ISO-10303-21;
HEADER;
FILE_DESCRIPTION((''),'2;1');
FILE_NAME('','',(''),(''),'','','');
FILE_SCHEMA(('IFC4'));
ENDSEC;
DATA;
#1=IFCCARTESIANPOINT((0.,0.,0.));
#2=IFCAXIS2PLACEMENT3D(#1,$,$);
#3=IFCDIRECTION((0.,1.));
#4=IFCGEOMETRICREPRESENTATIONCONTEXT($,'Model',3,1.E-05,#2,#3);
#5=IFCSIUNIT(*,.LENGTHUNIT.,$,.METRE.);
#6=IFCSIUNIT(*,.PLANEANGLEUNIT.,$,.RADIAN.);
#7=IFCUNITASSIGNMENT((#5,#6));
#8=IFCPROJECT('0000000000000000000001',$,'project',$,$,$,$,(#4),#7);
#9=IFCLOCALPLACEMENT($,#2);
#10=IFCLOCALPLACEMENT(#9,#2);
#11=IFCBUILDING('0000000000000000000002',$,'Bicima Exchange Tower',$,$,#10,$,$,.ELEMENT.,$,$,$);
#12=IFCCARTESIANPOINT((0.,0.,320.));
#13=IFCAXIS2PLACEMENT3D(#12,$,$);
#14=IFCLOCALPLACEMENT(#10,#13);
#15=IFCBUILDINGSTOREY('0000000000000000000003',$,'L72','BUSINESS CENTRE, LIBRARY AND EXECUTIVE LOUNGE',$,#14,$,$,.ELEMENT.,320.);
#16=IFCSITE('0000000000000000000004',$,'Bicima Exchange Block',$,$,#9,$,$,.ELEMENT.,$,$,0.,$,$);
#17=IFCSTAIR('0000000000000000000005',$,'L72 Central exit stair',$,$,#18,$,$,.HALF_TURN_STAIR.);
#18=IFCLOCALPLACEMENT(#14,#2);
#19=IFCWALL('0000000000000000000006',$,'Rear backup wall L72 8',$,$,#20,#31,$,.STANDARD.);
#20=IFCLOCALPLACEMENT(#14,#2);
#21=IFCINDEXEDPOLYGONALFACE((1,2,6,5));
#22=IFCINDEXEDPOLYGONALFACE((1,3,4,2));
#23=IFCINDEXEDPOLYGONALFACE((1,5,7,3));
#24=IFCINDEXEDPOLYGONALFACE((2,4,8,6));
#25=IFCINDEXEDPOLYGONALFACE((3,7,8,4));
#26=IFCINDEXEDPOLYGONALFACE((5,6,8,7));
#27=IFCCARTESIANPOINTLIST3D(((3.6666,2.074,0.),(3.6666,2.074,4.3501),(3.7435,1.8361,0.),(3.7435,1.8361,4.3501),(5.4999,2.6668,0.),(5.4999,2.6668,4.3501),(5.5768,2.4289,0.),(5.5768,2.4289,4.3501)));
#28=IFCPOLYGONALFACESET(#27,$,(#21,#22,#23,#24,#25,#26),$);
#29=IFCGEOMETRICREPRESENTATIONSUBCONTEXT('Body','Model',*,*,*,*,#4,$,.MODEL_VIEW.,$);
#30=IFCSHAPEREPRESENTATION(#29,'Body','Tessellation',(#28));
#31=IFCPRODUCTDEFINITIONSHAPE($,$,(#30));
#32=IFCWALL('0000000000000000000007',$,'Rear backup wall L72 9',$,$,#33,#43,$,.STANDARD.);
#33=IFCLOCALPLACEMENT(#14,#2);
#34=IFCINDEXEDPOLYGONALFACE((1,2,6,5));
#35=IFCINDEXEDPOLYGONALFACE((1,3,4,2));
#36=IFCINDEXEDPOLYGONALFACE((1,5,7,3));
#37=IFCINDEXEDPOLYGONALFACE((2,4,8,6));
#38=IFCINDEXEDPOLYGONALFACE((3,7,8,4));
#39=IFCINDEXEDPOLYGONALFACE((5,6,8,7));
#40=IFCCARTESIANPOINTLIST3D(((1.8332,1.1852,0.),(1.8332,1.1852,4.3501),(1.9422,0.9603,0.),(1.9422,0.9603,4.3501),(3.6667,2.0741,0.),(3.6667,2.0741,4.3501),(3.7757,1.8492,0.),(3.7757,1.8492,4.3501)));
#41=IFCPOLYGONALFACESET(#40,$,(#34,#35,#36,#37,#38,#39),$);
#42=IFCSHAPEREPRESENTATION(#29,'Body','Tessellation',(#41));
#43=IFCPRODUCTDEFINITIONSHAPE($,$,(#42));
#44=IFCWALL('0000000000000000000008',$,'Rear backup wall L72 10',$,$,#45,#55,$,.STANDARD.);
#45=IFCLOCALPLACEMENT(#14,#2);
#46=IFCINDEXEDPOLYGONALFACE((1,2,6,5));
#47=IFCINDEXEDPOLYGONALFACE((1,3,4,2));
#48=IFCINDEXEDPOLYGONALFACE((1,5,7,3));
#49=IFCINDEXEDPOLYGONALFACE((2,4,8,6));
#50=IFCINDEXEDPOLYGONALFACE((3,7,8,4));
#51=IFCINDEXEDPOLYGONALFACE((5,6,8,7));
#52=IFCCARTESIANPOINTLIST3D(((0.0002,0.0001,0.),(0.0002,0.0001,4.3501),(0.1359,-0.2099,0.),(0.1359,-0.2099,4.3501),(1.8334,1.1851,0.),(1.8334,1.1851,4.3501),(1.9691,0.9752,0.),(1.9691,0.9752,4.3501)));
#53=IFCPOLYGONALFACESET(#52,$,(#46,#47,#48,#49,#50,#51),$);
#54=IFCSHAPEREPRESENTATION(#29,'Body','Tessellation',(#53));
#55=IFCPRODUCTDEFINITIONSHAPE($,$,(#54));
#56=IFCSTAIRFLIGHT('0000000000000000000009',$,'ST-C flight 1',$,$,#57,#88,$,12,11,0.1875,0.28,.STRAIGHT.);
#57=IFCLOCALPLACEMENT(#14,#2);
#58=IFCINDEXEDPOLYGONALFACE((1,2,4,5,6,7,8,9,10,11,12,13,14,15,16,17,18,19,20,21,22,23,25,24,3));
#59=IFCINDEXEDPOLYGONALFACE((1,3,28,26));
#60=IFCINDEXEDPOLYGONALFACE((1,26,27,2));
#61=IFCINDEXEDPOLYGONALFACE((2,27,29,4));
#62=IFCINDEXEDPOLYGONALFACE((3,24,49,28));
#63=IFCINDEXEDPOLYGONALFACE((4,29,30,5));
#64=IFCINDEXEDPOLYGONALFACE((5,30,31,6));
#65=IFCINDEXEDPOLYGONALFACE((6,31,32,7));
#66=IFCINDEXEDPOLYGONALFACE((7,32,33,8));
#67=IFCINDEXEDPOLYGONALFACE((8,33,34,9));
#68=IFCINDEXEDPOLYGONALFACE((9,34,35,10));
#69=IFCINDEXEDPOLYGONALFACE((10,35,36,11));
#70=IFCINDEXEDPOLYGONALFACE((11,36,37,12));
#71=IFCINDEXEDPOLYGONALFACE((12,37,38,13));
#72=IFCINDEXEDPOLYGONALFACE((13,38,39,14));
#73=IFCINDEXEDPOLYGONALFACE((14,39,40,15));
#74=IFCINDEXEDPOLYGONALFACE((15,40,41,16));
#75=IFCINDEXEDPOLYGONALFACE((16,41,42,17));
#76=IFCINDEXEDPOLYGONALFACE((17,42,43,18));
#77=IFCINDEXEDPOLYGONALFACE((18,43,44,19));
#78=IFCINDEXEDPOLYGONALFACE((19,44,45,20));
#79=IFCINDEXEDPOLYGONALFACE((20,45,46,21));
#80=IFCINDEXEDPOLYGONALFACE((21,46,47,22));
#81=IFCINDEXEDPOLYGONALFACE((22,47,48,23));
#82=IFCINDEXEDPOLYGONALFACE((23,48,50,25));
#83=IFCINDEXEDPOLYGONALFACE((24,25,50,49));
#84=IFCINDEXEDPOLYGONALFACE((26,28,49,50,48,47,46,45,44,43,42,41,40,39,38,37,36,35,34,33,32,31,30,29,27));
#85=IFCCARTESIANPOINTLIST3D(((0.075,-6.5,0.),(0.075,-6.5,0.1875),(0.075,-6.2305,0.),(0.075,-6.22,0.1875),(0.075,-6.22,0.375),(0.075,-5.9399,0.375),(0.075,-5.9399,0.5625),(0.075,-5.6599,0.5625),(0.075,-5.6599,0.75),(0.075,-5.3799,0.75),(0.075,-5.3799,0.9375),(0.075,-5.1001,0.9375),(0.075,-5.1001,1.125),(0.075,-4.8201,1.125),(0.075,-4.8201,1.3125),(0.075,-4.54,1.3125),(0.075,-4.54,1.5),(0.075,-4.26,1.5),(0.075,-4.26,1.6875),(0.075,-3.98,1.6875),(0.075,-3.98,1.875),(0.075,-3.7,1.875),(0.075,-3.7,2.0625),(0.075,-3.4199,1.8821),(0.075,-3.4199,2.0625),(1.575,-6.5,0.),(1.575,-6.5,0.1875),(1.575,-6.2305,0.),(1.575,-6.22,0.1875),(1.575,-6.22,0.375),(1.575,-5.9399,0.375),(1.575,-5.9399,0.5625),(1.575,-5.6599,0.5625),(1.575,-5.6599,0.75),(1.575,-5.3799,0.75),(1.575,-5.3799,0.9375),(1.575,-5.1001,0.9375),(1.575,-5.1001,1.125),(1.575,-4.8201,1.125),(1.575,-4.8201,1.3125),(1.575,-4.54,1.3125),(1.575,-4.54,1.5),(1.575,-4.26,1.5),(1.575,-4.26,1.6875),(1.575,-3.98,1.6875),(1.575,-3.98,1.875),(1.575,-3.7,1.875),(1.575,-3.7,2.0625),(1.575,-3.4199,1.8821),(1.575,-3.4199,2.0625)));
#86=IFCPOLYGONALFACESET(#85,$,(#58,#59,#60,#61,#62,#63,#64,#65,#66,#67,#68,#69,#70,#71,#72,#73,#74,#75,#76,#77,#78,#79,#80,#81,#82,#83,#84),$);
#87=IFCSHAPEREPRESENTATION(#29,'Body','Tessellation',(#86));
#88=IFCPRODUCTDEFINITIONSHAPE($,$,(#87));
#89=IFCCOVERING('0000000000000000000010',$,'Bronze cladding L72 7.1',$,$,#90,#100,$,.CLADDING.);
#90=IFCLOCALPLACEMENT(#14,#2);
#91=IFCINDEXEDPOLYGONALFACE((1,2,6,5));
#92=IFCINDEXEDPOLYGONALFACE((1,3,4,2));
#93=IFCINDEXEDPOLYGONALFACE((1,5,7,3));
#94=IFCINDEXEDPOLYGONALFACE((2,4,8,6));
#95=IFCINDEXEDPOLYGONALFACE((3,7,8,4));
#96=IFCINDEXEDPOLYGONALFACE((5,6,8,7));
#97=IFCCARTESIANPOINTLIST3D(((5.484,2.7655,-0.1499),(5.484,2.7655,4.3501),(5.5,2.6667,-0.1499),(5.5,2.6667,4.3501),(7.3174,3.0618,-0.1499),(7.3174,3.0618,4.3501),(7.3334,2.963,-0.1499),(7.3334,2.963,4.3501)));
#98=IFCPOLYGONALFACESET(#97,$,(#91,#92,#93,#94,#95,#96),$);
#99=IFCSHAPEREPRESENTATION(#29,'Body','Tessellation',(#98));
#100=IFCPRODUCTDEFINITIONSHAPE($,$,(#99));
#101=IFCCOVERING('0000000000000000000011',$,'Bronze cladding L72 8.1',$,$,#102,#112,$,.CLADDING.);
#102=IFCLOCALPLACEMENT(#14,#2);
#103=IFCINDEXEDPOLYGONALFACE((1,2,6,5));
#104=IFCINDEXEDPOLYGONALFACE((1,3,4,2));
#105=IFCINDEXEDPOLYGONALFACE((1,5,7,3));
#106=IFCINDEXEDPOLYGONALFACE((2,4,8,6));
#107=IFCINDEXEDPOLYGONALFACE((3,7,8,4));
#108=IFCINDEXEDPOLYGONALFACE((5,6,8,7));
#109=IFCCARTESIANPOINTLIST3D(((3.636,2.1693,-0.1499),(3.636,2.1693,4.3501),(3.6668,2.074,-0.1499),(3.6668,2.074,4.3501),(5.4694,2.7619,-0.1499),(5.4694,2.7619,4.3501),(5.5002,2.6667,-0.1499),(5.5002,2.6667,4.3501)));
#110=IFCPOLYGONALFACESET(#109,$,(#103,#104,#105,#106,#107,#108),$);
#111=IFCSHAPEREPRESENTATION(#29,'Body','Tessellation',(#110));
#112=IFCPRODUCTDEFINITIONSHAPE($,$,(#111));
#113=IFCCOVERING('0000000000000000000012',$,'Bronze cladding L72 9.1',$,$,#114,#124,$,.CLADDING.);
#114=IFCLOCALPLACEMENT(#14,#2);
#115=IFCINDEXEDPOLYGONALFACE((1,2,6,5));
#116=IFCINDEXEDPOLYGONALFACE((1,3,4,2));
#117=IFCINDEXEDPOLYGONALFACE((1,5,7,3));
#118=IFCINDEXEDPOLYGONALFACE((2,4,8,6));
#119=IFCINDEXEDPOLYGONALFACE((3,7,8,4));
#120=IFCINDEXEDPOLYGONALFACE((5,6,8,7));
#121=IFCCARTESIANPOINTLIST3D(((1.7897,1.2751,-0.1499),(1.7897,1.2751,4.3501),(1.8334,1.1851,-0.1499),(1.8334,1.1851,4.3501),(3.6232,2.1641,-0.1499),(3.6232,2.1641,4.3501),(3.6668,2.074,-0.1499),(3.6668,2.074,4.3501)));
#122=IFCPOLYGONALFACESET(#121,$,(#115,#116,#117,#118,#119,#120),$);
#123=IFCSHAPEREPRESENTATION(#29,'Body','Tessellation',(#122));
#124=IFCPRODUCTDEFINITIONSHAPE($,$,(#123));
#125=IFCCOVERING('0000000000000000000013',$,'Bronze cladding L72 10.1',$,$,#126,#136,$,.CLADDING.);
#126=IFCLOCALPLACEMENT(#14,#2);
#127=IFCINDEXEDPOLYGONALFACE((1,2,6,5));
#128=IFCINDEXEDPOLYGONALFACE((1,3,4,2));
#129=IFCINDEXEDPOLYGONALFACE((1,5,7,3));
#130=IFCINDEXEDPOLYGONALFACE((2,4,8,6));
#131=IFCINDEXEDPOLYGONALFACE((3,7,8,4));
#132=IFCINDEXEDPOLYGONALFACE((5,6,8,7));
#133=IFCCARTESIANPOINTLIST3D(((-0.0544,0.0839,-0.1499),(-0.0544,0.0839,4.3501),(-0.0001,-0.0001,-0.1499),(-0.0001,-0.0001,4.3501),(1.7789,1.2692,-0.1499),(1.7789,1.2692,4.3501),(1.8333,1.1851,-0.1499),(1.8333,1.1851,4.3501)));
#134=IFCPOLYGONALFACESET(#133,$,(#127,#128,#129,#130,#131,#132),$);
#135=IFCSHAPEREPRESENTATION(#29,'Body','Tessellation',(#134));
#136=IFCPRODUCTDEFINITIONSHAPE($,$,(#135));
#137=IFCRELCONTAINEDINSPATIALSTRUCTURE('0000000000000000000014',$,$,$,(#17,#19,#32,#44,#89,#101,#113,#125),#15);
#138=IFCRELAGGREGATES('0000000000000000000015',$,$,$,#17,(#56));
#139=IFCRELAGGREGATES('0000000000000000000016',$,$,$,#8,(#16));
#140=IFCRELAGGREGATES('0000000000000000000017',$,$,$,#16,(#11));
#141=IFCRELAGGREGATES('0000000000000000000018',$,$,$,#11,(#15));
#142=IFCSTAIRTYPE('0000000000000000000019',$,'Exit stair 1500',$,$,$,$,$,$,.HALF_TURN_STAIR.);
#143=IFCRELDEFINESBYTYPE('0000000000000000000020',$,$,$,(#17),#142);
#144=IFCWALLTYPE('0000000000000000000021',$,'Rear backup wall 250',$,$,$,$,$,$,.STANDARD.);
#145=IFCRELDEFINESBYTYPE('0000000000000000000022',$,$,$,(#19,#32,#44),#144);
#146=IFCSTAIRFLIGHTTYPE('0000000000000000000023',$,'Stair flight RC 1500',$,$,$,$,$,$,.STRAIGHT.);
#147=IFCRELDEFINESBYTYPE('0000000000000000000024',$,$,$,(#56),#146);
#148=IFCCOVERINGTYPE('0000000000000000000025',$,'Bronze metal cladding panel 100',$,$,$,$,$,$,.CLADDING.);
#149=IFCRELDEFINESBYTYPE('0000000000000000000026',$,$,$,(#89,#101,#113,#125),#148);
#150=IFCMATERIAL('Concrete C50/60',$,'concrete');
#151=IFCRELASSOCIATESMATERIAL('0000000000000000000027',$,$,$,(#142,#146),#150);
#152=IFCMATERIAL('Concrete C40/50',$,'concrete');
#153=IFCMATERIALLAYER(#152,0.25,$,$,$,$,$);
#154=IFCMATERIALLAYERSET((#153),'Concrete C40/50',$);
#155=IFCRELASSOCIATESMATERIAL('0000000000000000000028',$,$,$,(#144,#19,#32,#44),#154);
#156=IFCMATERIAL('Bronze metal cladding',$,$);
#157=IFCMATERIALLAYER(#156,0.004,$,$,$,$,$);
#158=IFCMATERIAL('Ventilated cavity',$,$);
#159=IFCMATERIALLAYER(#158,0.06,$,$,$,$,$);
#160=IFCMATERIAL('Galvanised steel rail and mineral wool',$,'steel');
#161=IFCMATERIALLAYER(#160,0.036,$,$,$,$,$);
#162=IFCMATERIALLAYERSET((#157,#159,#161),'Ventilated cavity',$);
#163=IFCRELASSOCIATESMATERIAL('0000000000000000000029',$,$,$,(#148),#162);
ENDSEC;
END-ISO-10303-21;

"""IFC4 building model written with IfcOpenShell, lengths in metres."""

from ifc_helpers import new_model, si_unit, direction, frame, frame_2d, origin, origin_2d, place, context, subcontext, project, spatial, polyline, rectangle, outline, extrude, material, layer, layer_set, layer_usage, type_object, element, aggregate, save


model = new_model("IFC4")

# Units and contexts
model_context = context("Model", 3, precision=1e-05, world=origin(), true_north=direction((0.0, 1.0)))
body_context = subcontext(model_context, "Body", "Model", "MODEL_VIEW")
ifc_project = project(units=[si_unit("LENGTHUNIT", "METRE"), si_unit("PLANEANGLEUNIT", "RADIAN")], contexts=[model_context])

# Site, building, storey
site_placement = place(None, origin())
site = spatial("IfcSite", under=ifc_project, at=site_placement, Name="Bicima Exchange Block", CompositionType="ELEMENT", RefElevation=0.0)
building_placement = place(site_placement, origin())
building = spatial("IfcBuilding", under=site, at=building_placement, Name="Bicima Exchange Tower", CompositionType="ELEMENT")
storey_placement = place(building_placement, frame((0.0, 0.0, 320.0)))
storey = spatial("IfcBuildingStorey", under=building, at=storey_placement, Name="L72", Description="BUSINESS CENTRE, LIBRARY AND EXECUTIVE LOUNGE", CompositionType="ELEMENT", Elevation=320.0)

# Stair
ifc_material_1 = material(Name="Concrete C50/60", Category="concrete")
stair_type_1 = type_object("IfcStairType", Name="Exit stair 1500", PredefinedType="HALF_TURN_STAIR", material=ifc_material_1)
stair_1_placement = place(storey_placement, origin())
stair_1 = element("IfcStair", 1, at=stair_1_placement, inside=storey, type_object=stair_type_1, Name="L72 Central exit stair", PredefinedType="HALF_TURN_STAIR")

# Shared definitions
ifc_material_2 = material(Name="Concrete C40/50", Category="concrete")

# Walls
ifc_layer_1 = layer(ifc_material_2, 0.25)
ifc_layer_set_1 = layer_set([ifc_layer_1], Name="Concrete C40/50")
ifc_layer_usage = layer_usage(ifc_layer_set_1, "AXIS2", "POSITIVE", -0.125)
wall_type_1 = type_object("IfcWallType", Name="Rear backup wall 250", PredefinedType="STANDARD", material=ifc_layer_set_1)
wall_1_placement = place(storey_placement, frame((5.5383, 2.5479, 0.0), z_axis=(0.0, 0.0, 1.0), x_axis=(-0.951496, -0.307662, 0.0)))
element("IfcWall", 2, at=wall_1_placement, inside=storey, type_object=wall_type_1, material=ifc_layer_usage, Name="Rear backup wall L72 8", PredefinedType="STANDARD", context=body_context, shape_type="SweptSolid", body=[
    extrude(rectangle(XDim=1.9268, YDim=0.25, at=frame_2d((0.9634, 0.0))), origin(), (0.0, 0.0, 1.0), 4.3501),
])
wall_2_placement = place(storey_placement, frame((3.7212, 1.9617, 0.0), z_axis=(0.0, 0.0, 1.0), x_axis=(-0.899824, -0.436253, 0.0)))
element("IfcWall", 3, at=wall_2_placement, inside=storey, type_object=wall_type_1, material=ifc_layer_usage, Name="Rear backup wall L72 9", PredefinedType="STANDARD", context=body_context, shape_type="SweptSolid", body=[
    extrude(rectangle(XDim=2.0376, YDim=0.25, at=frame_2d((1.0188, 0.0))), origin(), (0.0, 0.0, 1.0), 4.3501),
])
wall_3_placement = place(storey_placement, frame((1.9011, 1.0801, 0.0), z_axis=(0.0, 0.0, 1.0), x_axis=(-0.839813, -0.542876, 0.0)))
element("IfcWall", 4, at=wall_3_placement, inside=storey, type_object=wall_type_1, material=ifc_layer_usage, Name="Rear backup wall L72 10", PredefinedType="STANDARD", context=body_context, shape_type="SweptSolid", body=[
    extrude(rectangle(XDim=2.1829, YDim=0.25, at=frame_2d((1.0913, 0.0))), origin(), (0.0, 0.0, 1.0), 4.3501),
])

# Stair flight
stair_flight_type = type_object("IfcStairFlightType", Name="Stair flight RC 1500", PredefinedType="STRAIGHT", material=ifc_material_1)
stair_flight_placement = place(storey_placement, frame((0.825, -6.5, 0.0), z_axis=(0.0, 0.0, 1.0), x_axis=(0.0, 1.0, 0.0)))
stair_flight = element("IfcStairFlight", 5, at=stair_flight_placement, type_object=stair_flight_type, Name="ST-C flight 1", NumberOfRisers=12, NumberOfTreads=11, PredefinedType="STRAIGHT", RiserHeight=0.1875, TreadLength=0.28, context=body_context, shape_type="SweptSolid", body=[
    extrude(outline(polyline([(0.0, 0.0), (0.0, 0.1875), (0.28, 0.1875), (0.28, 0.375), (0.5601, 0.375), (0.5601, 0.5625), (0.8401, 0.5625), (0.8401, 0.75), (1.1201, 0.75), (1.1201, 0.9375), (1.3999, 0.9375), (1.3999, 1.125), (1.6799, 1.125), (1.6799, 1.3125), (1.96, 1.3125), (1.96, 1.5), (2.24, 1.5), (2.24, 1.6875), (2.52, 1.6875), (2.52, 1.875), (2.8, 1.875), (2.8, 2.0625), (3.0801, 2.0625), (3.0801, 2.25), (3.0801, 1.8821), (0.2695, 0.0), (0.0, 0.0)])), frame((0.0, 0.75, 0.0), z_axis=(0.0, -1.0, 0.0), x_axis=(1.0, 0.0, 0.0)), (0.0, 0.0, 1.0), 1.5),
])
aggregate(stair_1, [stair_flight])

# Coverings
ifc_material_3 = material(Name="Bronze metal cladding")
ifc_layer_2 = layer(ifc_material_3, 0.004)
ifc_material_4 = material(Name="Ventilated cavity")
ifc_layer_3 = layer(ifc_material_4, 0.06)
ifc_material_5 = material(Name="Galvanised steel rail and mineral wool", Category="steel")
ifc_layer_4 = layer(ifc_material_5, 0.036)
ifc_layer_set_2 = layer_set([ifc_layer_2, ifc_layer_3, ifc_layer_4], Name="Ventilated cavity")
covering_type = type_object("IfcCoveringType", Name="Bronze metal cladding panel 100", PredefinedType="CLADDING", material=ifc_layer_set_2)
covering_1_placement = place(storey_placement, frame((6.4087, 2.8643, -0.1499), z_axis=(0.0, 0.0, 1.0), x_axis=(-0.98719, -0.15955, 0.0)))
element("IfcCovering", 6, at=covering_1_placement, inside=storey, type_object=covering_type, Name="Bronze cladding L72 7.1", PredefinedType="CLADDING", context=body_context, shape_type="SweptSolid", body=[
    extrude(rectangle(XDim=1.8572, YDim=0.1001, at=origin_2d()), origin(), (0.0, 0.0, 1.0), 4.5),
])
covering_2_placement = place(storey_placement, frame((4.5681, 2.418, -0.1499), z_axis=(0.0, 0.0, 1.0), x_axis=(-0.951525, -0.307573, 0.0)))
element("IfcCovering", 7, at=covering_2_placement, inside=storey, type_object=covering_type, Name="Bronze cladding L72 8.1", PredefinedType="CLADDING", context=body_context, shape_type="SweptSolid", body=[
    extrude(rectangle(XDim=1.9268, YDim=0.1001, at=origin_2d()), origin(), (0.0, 0.0, 1.0), 4.5),
])
covering_3_placement = place(storey_placement, frame((2.7283, 1.6746, -0.1499), z_axis=(0.0, 0.0, 1.0), x_axis=(-0.899818, -0.436265, 0.0)))
element("IfcCovering", 8, at=covering_3_placement, inside=storey, type_object=covering_type, Name="Bronze cladding L72 9.1", PredefinedType="CLADDING", context=body_context, shape_type="SweptSolid", body=[
    extrude(rectangle(XDim=2.0376, YDim=0.1001, at=origin_2d()), origin(), (0.0, 0.0, 1.0), 4.5),
])
covering_4_placement = place(storey_placement, frame((0.8894, 0.6345, -0.1499), z_axis=(0.0, 0.0, 1.0), x_axis=(-0.83979, -0.542911, 0.0)))
element("IfcCovering", 9, at=covering_4_placement, inside=storey, type_object=covering_type, Name="Bronze cladding L72 10.1", PredefinedType="CLADDING", context=body_context, shape_type="SweptSolid", body=[
    extrude(rectangle(XDim=2.1831, YDim=0.1001, at=origin_2d()), origin(), (0.0, 0.0, 1.0), 4.5),
])

save(model, "model.ifc")
